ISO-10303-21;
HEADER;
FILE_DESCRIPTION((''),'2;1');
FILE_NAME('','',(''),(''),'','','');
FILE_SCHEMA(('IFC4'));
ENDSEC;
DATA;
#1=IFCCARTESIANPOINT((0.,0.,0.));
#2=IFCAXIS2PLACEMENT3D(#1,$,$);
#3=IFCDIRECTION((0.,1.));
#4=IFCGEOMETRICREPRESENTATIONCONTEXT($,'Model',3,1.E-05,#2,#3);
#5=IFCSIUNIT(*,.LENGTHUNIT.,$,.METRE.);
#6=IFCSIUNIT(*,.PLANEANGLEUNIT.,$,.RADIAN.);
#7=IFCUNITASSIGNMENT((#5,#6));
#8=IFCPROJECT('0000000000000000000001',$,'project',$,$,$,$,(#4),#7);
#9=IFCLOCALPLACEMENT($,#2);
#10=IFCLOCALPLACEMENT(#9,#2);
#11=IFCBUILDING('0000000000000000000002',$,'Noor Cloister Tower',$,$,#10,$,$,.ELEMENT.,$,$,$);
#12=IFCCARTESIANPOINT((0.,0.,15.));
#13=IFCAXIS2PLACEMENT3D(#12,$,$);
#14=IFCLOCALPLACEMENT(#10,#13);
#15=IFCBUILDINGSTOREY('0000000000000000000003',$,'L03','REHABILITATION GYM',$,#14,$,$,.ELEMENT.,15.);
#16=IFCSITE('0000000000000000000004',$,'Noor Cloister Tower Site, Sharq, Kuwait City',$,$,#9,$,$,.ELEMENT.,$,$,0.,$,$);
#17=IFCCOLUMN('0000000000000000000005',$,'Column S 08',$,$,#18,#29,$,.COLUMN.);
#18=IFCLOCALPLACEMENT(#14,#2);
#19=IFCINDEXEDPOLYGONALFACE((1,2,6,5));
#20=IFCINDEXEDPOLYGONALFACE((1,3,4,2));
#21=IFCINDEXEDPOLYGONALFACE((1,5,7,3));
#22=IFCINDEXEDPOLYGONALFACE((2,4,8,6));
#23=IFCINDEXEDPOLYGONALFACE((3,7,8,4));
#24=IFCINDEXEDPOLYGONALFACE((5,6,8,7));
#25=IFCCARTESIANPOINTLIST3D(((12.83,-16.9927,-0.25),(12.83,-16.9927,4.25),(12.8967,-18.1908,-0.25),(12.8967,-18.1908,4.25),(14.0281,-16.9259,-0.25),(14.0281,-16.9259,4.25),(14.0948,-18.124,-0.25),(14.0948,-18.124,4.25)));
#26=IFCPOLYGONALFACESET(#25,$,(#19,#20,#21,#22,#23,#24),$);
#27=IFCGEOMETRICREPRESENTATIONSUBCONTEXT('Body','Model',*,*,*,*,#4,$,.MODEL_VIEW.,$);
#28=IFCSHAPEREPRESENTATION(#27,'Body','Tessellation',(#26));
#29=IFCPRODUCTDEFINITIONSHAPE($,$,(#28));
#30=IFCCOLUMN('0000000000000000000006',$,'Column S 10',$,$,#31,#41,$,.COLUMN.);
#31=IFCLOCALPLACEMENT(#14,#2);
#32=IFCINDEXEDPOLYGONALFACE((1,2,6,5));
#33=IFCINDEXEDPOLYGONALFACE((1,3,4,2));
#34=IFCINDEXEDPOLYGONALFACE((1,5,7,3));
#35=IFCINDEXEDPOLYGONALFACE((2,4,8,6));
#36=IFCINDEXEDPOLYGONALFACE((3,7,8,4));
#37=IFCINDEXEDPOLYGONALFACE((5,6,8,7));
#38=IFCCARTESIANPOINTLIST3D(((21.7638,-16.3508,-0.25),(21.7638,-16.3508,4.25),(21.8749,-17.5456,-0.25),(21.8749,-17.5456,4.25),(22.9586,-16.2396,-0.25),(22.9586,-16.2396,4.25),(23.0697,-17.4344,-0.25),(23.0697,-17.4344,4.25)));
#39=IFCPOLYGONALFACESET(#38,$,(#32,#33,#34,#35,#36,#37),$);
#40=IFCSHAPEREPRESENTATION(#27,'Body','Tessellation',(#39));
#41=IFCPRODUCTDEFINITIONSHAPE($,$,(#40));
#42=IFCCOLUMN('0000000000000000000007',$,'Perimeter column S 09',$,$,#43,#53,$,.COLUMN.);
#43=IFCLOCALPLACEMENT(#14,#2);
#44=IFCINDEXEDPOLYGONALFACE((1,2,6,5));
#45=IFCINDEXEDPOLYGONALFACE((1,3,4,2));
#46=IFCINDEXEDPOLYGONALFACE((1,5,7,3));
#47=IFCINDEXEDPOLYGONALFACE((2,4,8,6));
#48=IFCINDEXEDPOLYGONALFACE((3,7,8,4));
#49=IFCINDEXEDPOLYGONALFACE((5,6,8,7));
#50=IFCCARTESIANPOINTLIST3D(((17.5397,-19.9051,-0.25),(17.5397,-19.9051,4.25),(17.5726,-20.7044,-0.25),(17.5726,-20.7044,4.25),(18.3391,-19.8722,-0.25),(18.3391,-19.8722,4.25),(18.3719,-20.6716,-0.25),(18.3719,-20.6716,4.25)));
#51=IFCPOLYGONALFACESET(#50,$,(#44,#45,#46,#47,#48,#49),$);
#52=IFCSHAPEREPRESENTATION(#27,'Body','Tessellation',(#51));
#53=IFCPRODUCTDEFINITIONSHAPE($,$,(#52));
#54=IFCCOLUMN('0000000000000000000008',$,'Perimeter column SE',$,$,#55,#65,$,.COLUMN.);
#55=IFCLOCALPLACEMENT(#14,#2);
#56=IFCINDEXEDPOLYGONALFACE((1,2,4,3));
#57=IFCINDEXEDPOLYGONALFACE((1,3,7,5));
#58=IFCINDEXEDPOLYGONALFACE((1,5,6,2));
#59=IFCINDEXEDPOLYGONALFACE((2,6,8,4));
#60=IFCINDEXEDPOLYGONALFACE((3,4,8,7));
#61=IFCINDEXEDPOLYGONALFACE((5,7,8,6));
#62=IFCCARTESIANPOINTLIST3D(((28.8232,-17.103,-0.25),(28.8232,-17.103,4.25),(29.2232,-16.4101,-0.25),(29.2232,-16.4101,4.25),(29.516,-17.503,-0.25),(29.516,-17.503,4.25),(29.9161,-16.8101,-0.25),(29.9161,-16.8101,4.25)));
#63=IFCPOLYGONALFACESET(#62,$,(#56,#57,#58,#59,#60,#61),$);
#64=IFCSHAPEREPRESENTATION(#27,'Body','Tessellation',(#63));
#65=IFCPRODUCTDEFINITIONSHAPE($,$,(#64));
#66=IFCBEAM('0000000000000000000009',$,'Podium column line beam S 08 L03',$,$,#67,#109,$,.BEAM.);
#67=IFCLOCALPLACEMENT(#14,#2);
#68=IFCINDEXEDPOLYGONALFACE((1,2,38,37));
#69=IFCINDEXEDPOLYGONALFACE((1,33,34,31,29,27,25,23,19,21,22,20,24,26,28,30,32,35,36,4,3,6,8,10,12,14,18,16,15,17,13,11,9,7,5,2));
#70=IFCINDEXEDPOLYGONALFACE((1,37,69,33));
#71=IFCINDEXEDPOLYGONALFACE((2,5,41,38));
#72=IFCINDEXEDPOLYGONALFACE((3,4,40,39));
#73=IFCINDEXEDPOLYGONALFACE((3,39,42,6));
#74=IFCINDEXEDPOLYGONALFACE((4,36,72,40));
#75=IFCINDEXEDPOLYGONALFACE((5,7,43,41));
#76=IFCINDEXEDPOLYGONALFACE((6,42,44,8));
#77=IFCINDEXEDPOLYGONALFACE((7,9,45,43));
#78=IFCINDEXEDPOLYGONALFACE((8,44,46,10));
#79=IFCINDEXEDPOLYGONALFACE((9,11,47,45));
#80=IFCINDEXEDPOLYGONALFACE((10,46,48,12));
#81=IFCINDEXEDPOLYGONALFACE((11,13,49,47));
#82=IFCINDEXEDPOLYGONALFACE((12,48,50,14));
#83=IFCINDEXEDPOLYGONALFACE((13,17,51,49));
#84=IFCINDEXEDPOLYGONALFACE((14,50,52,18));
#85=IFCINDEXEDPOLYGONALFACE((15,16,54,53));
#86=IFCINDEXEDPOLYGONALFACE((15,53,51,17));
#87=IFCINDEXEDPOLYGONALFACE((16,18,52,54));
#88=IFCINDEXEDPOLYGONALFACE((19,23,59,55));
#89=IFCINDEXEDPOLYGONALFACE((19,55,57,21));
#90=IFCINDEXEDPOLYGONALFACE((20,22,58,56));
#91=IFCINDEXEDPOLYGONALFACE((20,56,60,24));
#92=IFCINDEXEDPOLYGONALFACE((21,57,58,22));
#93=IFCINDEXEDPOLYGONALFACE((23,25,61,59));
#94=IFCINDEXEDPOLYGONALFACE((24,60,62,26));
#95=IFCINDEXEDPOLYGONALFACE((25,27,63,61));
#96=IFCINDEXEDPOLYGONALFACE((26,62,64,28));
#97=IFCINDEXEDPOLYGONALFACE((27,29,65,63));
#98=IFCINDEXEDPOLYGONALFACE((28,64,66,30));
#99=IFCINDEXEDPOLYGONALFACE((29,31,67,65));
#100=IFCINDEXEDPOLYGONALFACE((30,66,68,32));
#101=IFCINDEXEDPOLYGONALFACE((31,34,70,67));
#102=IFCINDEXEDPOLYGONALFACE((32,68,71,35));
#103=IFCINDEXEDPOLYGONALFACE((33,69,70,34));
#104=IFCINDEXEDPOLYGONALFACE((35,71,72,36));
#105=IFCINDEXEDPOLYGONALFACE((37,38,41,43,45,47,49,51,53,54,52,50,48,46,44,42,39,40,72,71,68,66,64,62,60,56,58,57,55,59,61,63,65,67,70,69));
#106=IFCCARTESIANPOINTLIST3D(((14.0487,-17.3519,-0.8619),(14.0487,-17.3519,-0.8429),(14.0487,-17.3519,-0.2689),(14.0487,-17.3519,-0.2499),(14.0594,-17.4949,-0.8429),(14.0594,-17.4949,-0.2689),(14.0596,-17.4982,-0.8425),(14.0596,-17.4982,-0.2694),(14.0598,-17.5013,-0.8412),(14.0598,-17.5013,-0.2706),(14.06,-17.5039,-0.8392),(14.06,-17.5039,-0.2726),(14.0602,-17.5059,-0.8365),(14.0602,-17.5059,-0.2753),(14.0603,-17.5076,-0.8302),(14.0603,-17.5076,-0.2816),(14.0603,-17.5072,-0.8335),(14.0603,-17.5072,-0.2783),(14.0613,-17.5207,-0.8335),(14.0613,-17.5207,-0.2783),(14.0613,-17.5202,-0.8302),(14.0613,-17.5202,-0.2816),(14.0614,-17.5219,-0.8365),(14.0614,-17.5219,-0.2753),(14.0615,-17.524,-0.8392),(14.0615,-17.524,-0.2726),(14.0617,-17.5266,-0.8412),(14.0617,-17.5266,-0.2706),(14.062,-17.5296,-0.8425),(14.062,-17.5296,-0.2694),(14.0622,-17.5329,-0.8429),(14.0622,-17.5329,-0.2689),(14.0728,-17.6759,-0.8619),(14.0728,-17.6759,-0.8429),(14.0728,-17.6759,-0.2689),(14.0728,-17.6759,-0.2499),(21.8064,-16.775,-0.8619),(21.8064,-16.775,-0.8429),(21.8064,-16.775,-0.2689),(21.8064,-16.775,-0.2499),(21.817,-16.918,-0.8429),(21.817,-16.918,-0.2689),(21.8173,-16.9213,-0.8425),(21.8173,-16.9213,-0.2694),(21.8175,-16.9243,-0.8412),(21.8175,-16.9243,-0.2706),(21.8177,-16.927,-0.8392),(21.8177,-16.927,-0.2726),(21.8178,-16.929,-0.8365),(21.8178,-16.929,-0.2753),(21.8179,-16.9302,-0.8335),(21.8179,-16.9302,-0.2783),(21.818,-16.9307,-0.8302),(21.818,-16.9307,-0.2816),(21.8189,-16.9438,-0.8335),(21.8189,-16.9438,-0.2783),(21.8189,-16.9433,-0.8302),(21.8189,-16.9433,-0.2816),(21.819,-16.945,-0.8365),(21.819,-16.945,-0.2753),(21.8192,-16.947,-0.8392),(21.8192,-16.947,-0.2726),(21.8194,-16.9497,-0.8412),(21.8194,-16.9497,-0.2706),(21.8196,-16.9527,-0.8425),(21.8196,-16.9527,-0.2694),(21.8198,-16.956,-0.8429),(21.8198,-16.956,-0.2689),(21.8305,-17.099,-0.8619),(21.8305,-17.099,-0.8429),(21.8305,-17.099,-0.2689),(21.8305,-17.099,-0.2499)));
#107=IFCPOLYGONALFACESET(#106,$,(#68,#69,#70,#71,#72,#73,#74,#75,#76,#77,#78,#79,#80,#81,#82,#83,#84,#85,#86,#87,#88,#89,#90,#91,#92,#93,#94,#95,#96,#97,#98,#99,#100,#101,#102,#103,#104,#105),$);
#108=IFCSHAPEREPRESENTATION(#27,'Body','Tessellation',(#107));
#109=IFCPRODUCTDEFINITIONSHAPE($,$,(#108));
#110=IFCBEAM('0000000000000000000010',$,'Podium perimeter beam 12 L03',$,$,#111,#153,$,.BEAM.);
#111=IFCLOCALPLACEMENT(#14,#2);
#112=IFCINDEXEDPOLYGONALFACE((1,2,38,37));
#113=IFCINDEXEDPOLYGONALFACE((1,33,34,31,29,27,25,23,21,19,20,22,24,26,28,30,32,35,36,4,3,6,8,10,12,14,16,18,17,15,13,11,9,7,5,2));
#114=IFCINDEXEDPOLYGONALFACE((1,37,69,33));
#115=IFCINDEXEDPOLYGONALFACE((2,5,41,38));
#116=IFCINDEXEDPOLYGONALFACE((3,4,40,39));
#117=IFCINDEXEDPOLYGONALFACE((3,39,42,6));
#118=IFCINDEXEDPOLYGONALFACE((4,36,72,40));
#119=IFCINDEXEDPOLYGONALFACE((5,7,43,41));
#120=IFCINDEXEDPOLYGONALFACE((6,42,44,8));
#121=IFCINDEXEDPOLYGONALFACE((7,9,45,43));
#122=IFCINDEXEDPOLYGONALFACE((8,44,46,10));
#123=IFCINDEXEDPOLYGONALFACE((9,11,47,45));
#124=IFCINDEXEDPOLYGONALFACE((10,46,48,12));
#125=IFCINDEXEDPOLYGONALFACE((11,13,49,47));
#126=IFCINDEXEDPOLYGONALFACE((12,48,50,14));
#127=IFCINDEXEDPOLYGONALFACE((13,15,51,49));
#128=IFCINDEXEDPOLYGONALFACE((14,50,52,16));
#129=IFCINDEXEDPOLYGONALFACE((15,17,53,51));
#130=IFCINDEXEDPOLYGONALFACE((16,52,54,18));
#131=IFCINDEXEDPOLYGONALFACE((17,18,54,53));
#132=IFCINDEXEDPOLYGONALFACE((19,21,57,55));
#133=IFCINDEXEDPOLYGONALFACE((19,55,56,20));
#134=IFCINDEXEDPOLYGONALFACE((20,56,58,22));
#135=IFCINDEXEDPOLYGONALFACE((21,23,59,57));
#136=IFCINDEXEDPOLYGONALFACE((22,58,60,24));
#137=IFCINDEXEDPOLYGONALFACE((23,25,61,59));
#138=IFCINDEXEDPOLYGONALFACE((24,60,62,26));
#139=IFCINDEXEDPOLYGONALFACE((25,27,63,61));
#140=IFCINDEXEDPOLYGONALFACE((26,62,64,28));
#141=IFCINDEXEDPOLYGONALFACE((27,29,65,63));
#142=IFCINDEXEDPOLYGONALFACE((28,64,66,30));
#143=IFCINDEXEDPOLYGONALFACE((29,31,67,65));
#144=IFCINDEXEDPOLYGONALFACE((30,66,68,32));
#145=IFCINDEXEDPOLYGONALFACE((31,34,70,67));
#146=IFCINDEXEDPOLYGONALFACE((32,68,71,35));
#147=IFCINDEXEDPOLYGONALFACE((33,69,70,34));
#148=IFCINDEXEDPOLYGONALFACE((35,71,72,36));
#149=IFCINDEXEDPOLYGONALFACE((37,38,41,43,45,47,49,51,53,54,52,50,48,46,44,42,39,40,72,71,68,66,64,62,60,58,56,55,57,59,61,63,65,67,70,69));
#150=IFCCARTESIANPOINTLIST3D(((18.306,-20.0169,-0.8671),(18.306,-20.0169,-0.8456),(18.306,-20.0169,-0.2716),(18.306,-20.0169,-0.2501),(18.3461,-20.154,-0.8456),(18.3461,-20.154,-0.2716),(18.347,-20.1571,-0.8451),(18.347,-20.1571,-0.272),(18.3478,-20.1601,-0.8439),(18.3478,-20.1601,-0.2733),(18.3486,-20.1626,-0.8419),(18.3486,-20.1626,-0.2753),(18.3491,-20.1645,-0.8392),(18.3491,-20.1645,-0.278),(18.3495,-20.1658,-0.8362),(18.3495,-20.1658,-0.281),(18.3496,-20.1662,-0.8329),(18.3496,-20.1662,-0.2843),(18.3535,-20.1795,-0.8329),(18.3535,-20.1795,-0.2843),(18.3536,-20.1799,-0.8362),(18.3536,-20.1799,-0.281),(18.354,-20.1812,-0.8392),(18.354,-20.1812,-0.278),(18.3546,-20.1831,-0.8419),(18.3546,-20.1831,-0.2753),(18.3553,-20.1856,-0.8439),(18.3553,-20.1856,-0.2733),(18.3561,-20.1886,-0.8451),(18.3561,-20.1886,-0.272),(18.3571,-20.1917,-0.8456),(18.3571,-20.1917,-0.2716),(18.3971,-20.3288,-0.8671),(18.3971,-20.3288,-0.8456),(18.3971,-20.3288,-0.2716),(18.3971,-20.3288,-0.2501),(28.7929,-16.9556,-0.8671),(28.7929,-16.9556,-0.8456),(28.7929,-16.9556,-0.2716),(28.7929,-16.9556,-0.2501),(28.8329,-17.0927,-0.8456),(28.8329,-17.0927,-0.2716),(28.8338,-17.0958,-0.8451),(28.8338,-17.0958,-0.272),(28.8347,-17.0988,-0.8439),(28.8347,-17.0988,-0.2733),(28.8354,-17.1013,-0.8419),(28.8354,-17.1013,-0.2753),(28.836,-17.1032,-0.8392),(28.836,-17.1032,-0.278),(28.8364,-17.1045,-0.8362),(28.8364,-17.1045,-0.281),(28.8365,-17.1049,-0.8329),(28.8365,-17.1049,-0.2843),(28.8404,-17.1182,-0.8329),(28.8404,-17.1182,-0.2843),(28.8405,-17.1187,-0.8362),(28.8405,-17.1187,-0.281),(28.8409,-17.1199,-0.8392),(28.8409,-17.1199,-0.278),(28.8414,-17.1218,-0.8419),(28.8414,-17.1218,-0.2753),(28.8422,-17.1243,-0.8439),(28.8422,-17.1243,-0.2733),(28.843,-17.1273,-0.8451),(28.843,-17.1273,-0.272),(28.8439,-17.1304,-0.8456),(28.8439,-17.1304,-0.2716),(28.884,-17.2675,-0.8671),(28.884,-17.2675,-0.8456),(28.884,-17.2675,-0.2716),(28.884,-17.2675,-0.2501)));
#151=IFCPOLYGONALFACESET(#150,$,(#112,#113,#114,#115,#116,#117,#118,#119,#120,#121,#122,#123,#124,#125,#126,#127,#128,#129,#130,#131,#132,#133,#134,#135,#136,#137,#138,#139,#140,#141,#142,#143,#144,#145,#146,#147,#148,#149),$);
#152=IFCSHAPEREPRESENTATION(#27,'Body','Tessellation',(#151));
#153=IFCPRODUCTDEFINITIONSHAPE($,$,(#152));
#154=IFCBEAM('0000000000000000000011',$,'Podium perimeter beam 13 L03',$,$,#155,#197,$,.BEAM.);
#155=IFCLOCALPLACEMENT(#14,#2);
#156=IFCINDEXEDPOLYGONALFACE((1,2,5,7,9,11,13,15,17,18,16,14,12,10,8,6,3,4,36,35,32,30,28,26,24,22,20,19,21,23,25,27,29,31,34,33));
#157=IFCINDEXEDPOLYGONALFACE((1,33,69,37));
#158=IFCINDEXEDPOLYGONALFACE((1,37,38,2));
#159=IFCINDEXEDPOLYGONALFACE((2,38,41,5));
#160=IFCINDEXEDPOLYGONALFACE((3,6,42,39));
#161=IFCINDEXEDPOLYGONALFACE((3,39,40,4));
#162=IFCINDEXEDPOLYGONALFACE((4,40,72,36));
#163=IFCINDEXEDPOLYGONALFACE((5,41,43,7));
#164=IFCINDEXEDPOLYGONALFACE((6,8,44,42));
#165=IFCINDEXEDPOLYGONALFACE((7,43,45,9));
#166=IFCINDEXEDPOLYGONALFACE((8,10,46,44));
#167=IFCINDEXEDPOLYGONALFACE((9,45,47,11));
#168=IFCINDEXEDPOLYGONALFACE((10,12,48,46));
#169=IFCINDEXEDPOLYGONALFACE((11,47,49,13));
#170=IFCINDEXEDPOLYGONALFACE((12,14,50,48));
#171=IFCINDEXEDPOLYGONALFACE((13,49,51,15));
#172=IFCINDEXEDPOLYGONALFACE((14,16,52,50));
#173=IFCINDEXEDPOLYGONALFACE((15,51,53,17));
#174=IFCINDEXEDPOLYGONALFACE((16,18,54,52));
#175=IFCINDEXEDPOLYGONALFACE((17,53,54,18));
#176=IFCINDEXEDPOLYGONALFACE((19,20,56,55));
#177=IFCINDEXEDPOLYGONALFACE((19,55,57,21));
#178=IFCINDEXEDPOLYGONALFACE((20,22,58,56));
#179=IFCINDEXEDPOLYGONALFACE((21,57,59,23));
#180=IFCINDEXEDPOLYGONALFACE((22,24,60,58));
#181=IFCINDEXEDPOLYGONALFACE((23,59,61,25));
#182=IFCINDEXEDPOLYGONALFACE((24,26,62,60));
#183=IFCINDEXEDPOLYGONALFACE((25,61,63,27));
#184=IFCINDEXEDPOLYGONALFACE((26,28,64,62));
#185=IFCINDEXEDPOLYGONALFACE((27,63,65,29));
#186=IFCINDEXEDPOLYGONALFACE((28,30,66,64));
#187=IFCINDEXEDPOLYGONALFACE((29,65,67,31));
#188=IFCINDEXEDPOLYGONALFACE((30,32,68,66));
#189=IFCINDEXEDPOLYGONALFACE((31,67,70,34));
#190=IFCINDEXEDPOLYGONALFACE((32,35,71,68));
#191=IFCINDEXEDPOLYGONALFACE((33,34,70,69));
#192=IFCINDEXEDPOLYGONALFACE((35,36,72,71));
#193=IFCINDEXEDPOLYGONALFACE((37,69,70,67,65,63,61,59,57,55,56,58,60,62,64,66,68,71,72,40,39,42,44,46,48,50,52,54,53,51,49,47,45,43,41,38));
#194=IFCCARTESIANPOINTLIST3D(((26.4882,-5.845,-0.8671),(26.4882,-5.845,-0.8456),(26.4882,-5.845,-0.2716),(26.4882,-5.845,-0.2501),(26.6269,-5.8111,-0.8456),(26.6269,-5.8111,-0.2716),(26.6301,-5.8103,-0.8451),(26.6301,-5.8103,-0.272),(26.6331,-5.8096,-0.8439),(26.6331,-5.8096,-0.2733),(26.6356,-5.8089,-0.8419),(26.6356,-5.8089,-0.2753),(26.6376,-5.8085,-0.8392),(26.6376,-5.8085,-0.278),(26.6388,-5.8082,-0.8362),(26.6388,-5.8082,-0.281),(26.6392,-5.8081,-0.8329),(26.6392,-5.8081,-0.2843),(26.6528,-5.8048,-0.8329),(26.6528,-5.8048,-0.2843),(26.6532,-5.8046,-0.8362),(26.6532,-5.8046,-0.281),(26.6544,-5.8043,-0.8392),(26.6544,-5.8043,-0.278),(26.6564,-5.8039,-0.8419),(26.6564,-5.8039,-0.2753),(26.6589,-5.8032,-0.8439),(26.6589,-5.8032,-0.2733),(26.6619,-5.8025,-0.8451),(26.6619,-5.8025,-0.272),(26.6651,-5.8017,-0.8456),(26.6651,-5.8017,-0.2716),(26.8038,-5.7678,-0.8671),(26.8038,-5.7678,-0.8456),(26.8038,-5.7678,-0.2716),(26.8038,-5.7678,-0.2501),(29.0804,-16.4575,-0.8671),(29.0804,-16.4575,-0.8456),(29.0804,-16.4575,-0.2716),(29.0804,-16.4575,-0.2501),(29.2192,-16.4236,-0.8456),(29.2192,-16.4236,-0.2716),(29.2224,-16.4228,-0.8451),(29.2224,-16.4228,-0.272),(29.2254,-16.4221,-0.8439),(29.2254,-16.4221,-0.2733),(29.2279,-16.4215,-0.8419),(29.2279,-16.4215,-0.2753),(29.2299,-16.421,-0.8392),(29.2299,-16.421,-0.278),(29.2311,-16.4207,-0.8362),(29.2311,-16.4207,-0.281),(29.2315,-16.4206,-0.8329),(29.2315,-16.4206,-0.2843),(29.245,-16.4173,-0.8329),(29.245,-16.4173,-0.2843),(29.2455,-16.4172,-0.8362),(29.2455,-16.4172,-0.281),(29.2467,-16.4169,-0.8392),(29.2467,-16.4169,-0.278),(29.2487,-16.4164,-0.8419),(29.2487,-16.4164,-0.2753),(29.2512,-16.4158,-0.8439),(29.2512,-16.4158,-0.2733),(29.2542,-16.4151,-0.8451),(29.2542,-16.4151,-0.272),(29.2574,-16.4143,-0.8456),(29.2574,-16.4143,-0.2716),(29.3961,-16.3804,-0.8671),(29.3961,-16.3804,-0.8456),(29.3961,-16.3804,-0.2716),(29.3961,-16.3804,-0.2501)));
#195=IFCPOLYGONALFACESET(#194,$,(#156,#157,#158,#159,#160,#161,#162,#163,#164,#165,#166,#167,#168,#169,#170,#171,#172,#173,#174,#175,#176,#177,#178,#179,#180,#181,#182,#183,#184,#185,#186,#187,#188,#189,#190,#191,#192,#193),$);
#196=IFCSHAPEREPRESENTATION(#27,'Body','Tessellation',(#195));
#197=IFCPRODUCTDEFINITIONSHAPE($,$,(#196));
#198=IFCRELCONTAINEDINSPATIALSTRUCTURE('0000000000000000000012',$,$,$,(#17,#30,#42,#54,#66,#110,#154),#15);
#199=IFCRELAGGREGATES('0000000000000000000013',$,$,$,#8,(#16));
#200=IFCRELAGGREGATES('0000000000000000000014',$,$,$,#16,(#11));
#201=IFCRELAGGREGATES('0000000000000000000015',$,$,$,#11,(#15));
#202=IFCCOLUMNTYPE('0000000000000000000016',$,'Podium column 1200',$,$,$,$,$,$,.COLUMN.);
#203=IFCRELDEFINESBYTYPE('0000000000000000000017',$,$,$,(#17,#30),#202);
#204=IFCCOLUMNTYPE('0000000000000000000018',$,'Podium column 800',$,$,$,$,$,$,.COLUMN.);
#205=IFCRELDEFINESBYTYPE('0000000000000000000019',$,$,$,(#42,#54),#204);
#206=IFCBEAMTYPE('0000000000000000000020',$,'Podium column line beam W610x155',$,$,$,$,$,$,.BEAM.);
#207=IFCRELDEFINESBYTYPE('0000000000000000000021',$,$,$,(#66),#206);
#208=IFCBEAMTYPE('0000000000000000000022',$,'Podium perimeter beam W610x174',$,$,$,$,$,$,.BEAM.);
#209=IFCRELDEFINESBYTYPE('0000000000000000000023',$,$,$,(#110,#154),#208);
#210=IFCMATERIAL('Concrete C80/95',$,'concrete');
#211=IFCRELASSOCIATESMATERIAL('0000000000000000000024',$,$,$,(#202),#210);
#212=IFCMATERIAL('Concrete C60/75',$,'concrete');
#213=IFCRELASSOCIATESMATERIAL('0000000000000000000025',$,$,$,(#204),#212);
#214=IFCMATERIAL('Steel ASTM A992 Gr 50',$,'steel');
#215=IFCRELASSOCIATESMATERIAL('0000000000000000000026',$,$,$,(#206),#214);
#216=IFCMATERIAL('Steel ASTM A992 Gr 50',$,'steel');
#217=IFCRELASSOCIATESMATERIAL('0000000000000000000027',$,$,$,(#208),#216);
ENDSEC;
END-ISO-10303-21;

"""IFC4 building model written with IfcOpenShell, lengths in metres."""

from ifc_helpers import new_model, si_unit, direction, frame, origin, origin_2d, place, context, subcontext, project, spatial, rectangle, i_section, extrude, material, material_profile, profile_set, type_object, element, save


model = new_model("IFC4")

# Units and contexts
model_context = context("Model", 3, precision=1e-05, world=origin(), true_north=direction((0.0, 1.0)))
body_context = subcontext(model_context, "Body", "Model", "MODEL_VIEW")
ifc_project = project(units=[si_unit("LENGTHUNIT", "METRE"), si_unit("PLANEANGLEUNIT", "RADIAN")], contexts=[model_context])

# Site, building, storey
site_placement = place(None, origin())
site = spatial("IfcSite", under=ifc_project, at=site_placement, Name="Noor Cloister Tower Site, Sharq, Kuwait City", CompositionType="ELEMENT", RefElevation=0.0)
building_placement = place(site_placement, origin())
building = spatial("IfcBuilding", under=site, at=building_placement, Name="Noor Cloister Tower", CompositionType="ELEMENT")
storey_placement = place(building_placement, frame((0.0, 0.0, 15.0)))
storey = spatial("IfcBuildingStorey", under=building, at=storey_placement, Name="L03", Description="REHABILITATION GYM", CompositionType="ELEMENT", Elevation=15.0)

# Columns
ifc_material_1 = material(Name="Concrete C80/95", Category="concrete")
ifc_material_profile_1 = material_profile(ifc_material_1, rectangle(XDim=1.2, YDim=1.2, at=origin_2d()), Name="Podium column 1200")
ifc_profile_set_1 = profile_set([ifc_material_profile_1], Name="Concrete C80/95")
column_type_1 = type_object("IfcColumnType", Name="Podium column 1200", PredefinedType="COLUMN", material=ifc_profile_set_1)
for number, where, z_axis, x_axis, name in (
    (1, (13.4624, -17.5583, -0.25), (0.0, 0.0, 1.0), (0.055633, -0.998451, 0.0), "Column S 08"),
    (2, (22.4167, -16.8926, -0.25), (0.0, 0.0, 1.0), (0.092636, -0.9957, 0.0), "Column S 10"),
):
    element("IfcColumn", number, at=place(storey_placement, frame(where, z_axis=z_axis, x_axis=x_axis)), inside=storey, type_object=column_type_1, Name=name, PredefinedType="COLUMN", context=body_context, shape_type="SweptSolid", body=[
        extrude(rectangle(XDim=1.2, YDim=1.2, at=origin_2d()), origin(), (0.0, 0.0, 1.0), 4.5),
    ])
ifc_material_2 = material(Name="Concrete C60/75", Category="concrete")
ifc_material_profile_2 = material_profile(ifc_material_2, rectangle(XDim=0.8, YDim=0.8, at=origin_2d()), Name="Podium column 800")
ifc_profile_set_2 = profile_set([ifc_material_profile_2], Name="Concrete C60/75")
column_type_2 = type_object("IfcColumnType", Name="Podium column 800", PredefinedType="COLUMN", material=ifc_profile_set_2)
for number, where, z_axis, x_axis, name in (
    (3, (17.9558, -20.2883, -0.25), (0.0, 0.0, 1.0), (0.041066, -0.999156, 0.0), "Perimeter column S 09"),
    (4, (29.3696, -16.9565, -0.25), (0.0, 0.0, 1.0), (0.866025, -0.5, 0.0), "Perimeter column SE"),
):
    element("IfcColumn", number, at=place(storey_placement, frame(where, z_axis=z_axis, x_axis=x_axis)), inside=storey, type_object=column_type_2, Name=name, PredefinedType="COLUMN", context=body_context, shape_type="SweptSolid", body=[
        extrude(rectangle(XDim=0.8, YDim=0.8, at=origin_2d()), origin(), (0.0, 0.0, 1.0), 4.5),
    ])

# Beams
ifc_material_3 = material(Name="Steel ASTM A992 Gr 50", Category="steel")
ifc_material_profile_3 = material_profile(ifc_material_3, i_section(OverallWidth=0.325, OverallDepth=0.6121, WebThickness=0.0127, FlangeThickness=0.019, FilletRadius=0.0127, at=origin_2d()), Name="W610x155")
ifc_profile_set_3 = profile_set([ifc_material_profile_3], Name="Steel ASTM A992 Gr 50")
beam_type_1 = type_object("IfcBeamType", Name="Podium column line beam W610x155", PredefinedType="BEAM", material=ifc_profile_set_3)
beam_1_placement = place(storey_placement, frame((14.0608, -17.5139, -0.5559), z_axis=(0.997246, 0.074162, 0.0), x_axis=(-0.074162, 0.997246, 0.0)))
element("IfcBeam", 5, at=beam_1_placement, inside=storey, type_object=beam_type_1, Name="Podium column line beam S 08 L03", PredefinedType="BEAM", context=body_context, shape_type="SweptSolid", body=[
    extrude(i_section(OverallWidth=0.325, OverallDepth=0.6121, WebThickness=0.0127, FlangeThickness=0.019, FilletRadius=0.0127, at=origin_2d()), origin(), (0.0, 0.0, 1.0), 7.7791),
])
ifc_material_4 = material(Name="Steel ASTM A992 Gr 50", Category="steel")
ifc_material_profile_4 = material_profile(ifc_material_4, i_section(OverallWidth=0.325, OverallDepth=0.6169, WebThickness=0.0139, FlangeThickness=0.0215, FilletRadius=0.0127, at=origin_2d()), Name="W610x174")
ifc_profile_set_4 = profile_set([ifc_material_profile_4], Name="Steel ASTM A992 Gr 50")
beam_type_2 = type_object("IfcBeamType", Name="Podium perimeter beam W610x174", PredefinedType="BEAM", material=ifc_profile_set_4)
for number, where, z_axis, x_axis, name in (
    (6, (18.3516, -20.1729, -0.5586), (0.959935, 0.280221, 0.0), (-0.280221, 0.959935, 0.0), "Podium perimeter beam 12 L03"),
    (7, (29.2383, -16.4189, -0.5586), (-0.23729, 0.971439, 0.0), (-0.971439, -0.23729, 0.0), "Podium perimeter beam 13 L03"),
):
    element("IfcBeam", number, at=place(storey_placement, frame(where, z_axis=z_axis, x_axis=x_axis)), inside=storey, type_object=beam_type_2, Name=name, PredefinedType="BEAM", context=body_context, shape_type="SweptSolid", body=[
        extrude(i_section(OverallWidth=0.325, OverallDepth=0.6169, WebThickness=0.0139, FlangeThickness=0.0215, FilletRadius=0.0127, at=origin_2d()), origin(), (0.0, 0.0, 1.0), 10.9246),
    ])

save(model, "model.ifc")
